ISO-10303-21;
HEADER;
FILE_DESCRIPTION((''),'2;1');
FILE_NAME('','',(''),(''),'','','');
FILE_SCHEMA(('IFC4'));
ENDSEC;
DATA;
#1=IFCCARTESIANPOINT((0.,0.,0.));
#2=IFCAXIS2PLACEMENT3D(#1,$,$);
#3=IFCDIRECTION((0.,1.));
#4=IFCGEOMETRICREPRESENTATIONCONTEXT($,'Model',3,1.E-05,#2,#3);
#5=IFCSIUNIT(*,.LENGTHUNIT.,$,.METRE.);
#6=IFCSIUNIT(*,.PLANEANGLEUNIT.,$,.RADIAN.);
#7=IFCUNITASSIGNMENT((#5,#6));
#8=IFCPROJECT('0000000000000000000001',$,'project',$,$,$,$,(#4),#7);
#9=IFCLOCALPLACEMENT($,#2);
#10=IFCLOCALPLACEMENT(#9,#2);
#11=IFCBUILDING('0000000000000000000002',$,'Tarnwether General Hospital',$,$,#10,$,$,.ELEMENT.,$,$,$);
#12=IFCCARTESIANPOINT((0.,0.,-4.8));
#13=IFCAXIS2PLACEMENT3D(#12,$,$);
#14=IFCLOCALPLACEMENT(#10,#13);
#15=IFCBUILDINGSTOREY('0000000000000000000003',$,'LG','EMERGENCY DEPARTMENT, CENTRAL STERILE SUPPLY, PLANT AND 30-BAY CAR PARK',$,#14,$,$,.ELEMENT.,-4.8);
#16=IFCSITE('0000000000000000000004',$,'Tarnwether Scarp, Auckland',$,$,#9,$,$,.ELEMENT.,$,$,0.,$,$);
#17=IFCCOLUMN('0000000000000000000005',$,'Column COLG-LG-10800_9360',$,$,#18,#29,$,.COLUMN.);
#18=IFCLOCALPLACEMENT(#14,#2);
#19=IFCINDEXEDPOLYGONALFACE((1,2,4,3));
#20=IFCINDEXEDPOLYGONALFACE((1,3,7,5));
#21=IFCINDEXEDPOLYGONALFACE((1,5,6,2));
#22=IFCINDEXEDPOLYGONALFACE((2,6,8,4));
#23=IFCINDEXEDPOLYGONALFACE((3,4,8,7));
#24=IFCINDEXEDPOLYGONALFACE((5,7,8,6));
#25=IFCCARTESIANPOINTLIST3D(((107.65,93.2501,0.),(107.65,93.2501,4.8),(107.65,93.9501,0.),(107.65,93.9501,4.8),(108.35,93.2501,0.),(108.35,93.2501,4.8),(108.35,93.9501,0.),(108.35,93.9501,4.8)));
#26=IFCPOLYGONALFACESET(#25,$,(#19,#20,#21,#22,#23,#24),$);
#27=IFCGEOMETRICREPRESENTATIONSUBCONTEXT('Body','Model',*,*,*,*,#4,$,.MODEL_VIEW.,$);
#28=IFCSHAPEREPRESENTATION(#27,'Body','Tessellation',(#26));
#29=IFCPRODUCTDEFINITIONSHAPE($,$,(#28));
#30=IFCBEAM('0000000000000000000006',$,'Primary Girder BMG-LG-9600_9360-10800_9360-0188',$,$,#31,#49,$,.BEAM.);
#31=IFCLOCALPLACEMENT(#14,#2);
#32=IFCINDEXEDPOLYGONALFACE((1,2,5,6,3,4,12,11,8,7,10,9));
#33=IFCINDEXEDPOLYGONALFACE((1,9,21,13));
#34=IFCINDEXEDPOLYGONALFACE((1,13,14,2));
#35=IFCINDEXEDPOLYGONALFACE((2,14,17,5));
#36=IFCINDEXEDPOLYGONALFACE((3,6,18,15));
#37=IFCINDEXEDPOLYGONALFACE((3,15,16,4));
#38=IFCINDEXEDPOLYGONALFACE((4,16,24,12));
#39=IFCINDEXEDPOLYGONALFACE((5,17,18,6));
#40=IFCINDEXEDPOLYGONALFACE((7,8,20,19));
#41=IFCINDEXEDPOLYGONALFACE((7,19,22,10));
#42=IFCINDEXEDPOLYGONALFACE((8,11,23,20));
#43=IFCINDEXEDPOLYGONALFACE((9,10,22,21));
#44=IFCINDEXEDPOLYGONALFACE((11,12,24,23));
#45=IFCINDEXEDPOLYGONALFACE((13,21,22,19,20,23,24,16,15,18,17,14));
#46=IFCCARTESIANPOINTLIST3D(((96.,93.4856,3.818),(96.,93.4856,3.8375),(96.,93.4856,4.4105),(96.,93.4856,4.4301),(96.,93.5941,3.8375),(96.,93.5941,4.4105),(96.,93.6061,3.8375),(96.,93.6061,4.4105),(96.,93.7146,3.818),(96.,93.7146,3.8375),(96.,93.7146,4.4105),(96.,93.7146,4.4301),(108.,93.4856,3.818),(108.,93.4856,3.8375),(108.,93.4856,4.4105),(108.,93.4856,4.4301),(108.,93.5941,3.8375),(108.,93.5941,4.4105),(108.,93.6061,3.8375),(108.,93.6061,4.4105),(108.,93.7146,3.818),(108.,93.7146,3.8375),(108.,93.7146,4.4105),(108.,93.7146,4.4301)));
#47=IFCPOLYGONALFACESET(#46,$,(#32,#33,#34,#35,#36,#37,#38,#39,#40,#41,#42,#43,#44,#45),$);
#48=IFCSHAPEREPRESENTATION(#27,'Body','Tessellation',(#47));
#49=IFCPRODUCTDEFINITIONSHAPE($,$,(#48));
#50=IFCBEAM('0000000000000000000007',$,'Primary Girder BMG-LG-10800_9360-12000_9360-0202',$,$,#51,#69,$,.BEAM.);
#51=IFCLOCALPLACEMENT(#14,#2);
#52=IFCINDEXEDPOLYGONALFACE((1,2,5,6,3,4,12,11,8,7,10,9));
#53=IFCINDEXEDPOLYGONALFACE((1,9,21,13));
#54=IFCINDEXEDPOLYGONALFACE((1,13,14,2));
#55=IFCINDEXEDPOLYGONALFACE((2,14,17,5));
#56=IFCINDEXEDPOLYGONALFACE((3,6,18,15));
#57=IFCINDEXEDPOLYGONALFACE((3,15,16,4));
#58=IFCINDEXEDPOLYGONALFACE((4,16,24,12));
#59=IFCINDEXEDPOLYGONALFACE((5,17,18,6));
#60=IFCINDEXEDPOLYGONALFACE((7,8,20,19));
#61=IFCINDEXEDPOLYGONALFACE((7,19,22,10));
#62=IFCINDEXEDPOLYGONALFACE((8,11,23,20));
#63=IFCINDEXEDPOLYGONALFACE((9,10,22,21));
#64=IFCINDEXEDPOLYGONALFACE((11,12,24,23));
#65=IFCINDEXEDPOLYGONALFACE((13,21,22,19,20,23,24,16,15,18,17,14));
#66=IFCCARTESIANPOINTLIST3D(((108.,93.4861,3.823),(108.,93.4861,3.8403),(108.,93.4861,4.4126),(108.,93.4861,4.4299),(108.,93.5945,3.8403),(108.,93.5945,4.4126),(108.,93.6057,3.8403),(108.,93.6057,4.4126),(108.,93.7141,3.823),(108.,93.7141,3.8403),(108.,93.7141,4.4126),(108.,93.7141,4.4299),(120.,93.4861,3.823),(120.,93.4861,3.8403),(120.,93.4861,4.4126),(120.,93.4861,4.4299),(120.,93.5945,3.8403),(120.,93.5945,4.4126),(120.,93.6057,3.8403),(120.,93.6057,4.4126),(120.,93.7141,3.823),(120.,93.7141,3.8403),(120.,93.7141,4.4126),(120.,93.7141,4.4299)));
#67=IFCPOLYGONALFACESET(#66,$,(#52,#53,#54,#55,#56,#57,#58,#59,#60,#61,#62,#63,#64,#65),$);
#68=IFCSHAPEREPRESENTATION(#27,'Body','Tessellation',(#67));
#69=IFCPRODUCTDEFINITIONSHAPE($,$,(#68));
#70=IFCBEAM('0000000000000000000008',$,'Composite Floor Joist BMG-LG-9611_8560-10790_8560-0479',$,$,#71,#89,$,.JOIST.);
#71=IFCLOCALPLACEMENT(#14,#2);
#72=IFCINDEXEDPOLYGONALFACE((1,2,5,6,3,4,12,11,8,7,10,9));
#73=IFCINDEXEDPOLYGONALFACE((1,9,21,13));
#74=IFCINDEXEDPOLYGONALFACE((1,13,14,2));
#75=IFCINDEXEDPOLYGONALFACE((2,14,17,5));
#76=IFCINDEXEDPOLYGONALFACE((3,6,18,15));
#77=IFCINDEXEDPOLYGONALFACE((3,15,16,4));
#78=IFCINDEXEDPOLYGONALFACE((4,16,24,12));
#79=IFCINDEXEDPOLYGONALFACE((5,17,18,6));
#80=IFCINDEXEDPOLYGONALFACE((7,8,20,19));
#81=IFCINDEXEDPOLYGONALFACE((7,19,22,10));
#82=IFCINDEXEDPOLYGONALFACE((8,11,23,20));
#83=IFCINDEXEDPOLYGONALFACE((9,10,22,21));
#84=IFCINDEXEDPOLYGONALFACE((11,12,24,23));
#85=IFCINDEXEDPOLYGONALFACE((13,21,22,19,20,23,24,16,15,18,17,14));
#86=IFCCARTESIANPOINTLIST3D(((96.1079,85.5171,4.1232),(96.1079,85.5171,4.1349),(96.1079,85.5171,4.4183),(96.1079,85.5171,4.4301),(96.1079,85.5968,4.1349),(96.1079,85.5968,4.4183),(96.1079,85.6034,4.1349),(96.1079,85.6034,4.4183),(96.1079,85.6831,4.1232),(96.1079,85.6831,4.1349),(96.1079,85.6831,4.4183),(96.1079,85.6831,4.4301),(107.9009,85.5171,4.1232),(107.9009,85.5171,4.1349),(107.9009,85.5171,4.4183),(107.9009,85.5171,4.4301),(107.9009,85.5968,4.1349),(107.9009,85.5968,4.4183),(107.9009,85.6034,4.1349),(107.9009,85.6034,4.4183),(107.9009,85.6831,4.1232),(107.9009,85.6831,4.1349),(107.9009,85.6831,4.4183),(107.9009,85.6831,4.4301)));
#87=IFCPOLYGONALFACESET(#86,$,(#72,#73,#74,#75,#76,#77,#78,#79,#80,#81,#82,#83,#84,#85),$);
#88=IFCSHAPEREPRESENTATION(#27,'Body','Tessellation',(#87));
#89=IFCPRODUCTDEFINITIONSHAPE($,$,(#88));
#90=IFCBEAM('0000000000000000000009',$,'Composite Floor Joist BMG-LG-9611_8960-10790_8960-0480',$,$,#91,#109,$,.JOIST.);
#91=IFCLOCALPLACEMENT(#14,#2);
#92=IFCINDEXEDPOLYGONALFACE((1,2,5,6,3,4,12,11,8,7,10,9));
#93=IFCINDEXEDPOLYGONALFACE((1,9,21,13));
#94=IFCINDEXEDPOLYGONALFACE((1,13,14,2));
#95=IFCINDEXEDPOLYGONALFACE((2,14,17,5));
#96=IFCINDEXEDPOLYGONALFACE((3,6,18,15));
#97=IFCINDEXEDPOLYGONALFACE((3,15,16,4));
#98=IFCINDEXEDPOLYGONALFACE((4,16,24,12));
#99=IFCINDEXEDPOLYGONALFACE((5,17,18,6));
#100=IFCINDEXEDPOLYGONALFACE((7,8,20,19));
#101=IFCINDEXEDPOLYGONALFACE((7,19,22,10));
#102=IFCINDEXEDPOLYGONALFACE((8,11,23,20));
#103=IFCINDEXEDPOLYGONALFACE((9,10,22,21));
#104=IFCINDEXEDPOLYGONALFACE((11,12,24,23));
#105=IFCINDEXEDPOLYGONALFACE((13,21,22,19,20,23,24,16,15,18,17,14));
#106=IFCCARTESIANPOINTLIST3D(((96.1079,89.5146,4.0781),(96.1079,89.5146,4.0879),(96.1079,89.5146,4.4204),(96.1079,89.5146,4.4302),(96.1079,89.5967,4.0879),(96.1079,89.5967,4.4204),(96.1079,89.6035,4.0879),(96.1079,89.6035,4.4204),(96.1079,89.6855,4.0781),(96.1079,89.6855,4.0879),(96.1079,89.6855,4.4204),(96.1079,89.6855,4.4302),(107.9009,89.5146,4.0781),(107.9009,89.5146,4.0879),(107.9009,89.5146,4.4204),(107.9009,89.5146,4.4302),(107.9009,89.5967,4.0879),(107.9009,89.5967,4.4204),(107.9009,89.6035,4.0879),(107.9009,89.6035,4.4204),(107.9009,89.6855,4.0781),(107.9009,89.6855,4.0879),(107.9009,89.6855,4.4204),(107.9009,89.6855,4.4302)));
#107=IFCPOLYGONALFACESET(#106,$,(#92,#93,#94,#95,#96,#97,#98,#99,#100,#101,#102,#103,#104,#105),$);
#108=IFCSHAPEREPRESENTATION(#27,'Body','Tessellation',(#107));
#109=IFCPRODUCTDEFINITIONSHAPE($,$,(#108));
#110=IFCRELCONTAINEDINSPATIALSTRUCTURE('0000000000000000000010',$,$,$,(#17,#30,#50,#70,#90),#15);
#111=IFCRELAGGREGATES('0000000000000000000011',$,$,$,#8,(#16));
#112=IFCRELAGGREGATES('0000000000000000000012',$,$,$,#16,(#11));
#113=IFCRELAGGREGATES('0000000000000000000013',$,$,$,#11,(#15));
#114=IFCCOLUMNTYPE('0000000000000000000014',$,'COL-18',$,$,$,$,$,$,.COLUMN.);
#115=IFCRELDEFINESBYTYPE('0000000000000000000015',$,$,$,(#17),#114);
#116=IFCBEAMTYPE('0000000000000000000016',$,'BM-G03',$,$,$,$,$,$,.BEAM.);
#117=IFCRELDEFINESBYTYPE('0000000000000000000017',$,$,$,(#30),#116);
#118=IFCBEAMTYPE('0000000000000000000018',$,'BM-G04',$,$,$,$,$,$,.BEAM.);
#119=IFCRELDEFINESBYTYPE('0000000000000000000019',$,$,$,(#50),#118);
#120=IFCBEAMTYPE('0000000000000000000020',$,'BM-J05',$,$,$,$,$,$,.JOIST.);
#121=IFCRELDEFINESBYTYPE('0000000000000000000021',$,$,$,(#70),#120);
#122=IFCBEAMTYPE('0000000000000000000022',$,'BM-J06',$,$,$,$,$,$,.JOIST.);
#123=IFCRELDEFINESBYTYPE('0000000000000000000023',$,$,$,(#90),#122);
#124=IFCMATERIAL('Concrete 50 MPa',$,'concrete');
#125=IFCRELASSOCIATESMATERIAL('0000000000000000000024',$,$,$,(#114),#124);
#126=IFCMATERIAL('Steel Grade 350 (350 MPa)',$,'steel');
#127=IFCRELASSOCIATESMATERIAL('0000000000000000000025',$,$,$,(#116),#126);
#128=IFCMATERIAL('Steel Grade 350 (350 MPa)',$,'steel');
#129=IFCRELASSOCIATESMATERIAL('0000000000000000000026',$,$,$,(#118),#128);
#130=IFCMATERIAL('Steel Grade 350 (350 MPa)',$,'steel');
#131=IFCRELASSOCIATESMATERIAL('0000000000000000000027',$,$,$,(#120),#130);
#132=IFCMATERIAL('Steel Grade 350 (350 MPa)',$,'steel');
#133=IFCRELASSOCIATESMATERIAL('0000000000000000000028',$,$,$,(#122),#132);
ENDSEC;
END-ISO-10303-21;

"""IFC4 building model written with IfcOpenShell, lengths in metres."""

from ifc_helpers import new_model, si_unit, direction, frame, origin, origin_2d, place, context, subcontext, project, spatial, rectangle, i_section, extrude, material, material_profile, profile_set, type_object, element, save


model = new_model("IFC4")

# Units and contexts
model_context = context("Model", 3, precision=1e-05, world=origin(), true_north=direction((0.0, 1.0)))
body_context = subcontext(model_context, "Body", "Model", "MODEL_VIEW")
ifc_project = project(units=[si_unit("LENGTHUNIT", "METRE"), si_unit("PLANEANGLEUNIT", "RADIAN")], contexts=[model_context])

# Site, building, storey
site_placement = place(None, origin())
site = spatial("IfcSite", under=ifc_project, at=site_placement, Name="Tarnwether Scarp, Auckland", CompositionType="ELEMENT", RefElevation=0.0)
building_placement = place(site_placement, origin())
building = spatial("IfcBuilding", under=site, at=building_placement, Name="Tarnwether General Hospital", CompositionType="ELEMENT")
storey_placement = place(building_placement, frame((0.0, 0.0, -4.8)))
storey = spatial("IfcBuildingStorey", under=building, at=storey_placement, Name="LG", Description="EMERGENCY DEPARTMENT, CENTRAL STERILE SUPPLY, PLANT AND 30-BAY CAR PARK", CompositionType="ELEMENT", Elevation=-4.8)

# Column
ifc_material_1 = material(Name="Concrete 50 MPa", Category="concrete")
ifc_material_profile_1 = material_profile(ifc_material_1, rectangle(XDim=0.7, YDim=0.7, at=origin_2d()), Name="RC-COL-700x700")
ifc_profile_set_1 = profile_set([ifc_material_profile_1], Name="Concrete 50 MPa")
column_type_1 = type_object("IfcColumnType", Name="COL-18", PredefinedType="COLUMN", material=ifc_profile_set_1)
column_1_placement = place(storey_placement, frame((108.0, 93.6001, 0.0), z_axis=(0.0, 0.0, 1.0), x_axis=(0.0, 1.0, 0.0)))
element("IfcColumn", 1, at=column_1_placement, inside=storey, type_object=column_type_1, Name="Column COLG-LG-10800_9360", PredefinedType="COLUMN", context=body_context, shape_type="SweptSolid", body=[
    extrude(rectangle(XDim=0.7, YDim=0.7, at=origin_2d()), origin(), (0.0, 0.0, 1.0), 4.8),
])

# Beams
ifc_material_2 = material(Name="Steel Grade 350 (350 MPa)", Category="steel")
ifc_material_profile_2 = material_profile(ifc_material_2, i_section(OverallWidth=0.229, OverallDepth=0.6121, WebThickness=0.012, FlangeThickness=0.0195, at=origin_2d()), Name="610UB125")
ifc_profile_set_2 = profile_set([ifc_material_profile_2], Name="Steel Grade 350 (350 MPa)")
beam_type_1 = type_object("IfcBeamType", Name="BM-G03", PredefinedType="BEAM", material=ifc_profile_set_2)
beam_1_placement = place(storey_placement, frame((96.0, 93.6001, 4.124), z_axis=(1.0, 0.0, 0.0), x_axis=(0.0, 1.0, 0.0)))
element("IfcBeam", 2, at=beam_1_placement, inside=storey, type_object=beam_type_1, Name="Primary Girder BMG-LG-9600_9360-10800_9360-0188", PredefinedType="BEAM", context=body_context, shape_type="SweptSolid", body=[
    extrude(i_section(OverallWidth=0.229, OverallDepth=0.6121, WebThickness=0.012, FlangeThickness=0.0195, at=origin_2d()), origin(), (0.0, 0.0, 1.0), 12.0),
])
ifc_material_3 = material(Name="Steel Grade 350 (350 MPa)", Category="steel")
ifc_material_profile_3 = material_profile(ifc_material_3, i_section(OverallWidth=0.228, OverallDepth=0.6069, WebThickness=0.0112, FlangeThickness=0.0173, at=origin_2d()), Name="610UB113")
ifc_profile_set_3 = profile_set([ifc_material_profile_3], Name="Steel Grade 350 (350 MPa)")
beam_type_2 = type_object("IfcBeamType", Name="BM-G04", PredefinedType="BEAM", material=ifc_profile_set_3)
beam_2_placement = place(storey_placement, frame((108.0, 93.6001, 4.1265), z_axis=(1.0, 0.0, 0.0), x_axis=(0.0, 1.0, 0.0)))
element("IfcBeam", 3, at=beam_2_placement, inside=storey, type_object=beam_type_2, Name="Primary Girder BMG-LG-10800_9360-12000_9360-0202", PredefinedType="BEAM", context=body_context, shape_type="SweptSolid", body=[
    extrude(i_section(OverallWidth=0.228, OverallDepth=0.6069, WebThickness=0.0112, FlangeThickness=0.0173, at=origin_2d()), origin(), (0.0, 0.0, 1.0), 12.0),
])
ifc_material_4 = material(Name="Steel Grade 350 (350 MPa)", Category="steel")
ifc_material_profile_4 = material_profile(ifc_material_4, i_section(OverallWidth=0.166, OverallDepth=0.3069, WebThickness=0.0066, FlangeThickness=0.0117, at=origin_2d()), Name="310UB46.2")
ifc_profile_set_4 = profile_set([ifc_material_profile_4], Name="Steel Grade 350 (350 MPa)")
beam_type_3 = type_object("IfcBeamType", Name="BM-J05", PredefinedType="JOIST", material=ifc_profile_set_4)
beam_3_placement = place(storey_placement, frame((96.1079, 85.6001, 4.2766), z_axis=(1.0, 0.0, 0.0), x_axis=(0.0, 1.0, 0.0)))
element("IfcBeam", 4, at=beam_3_placement, inside=storey, type_object=beam_type_3, Name="Composite Floor Joist BMG-LG-9611_8560-10790_8560-0479", PredefinedType="JOIST", context=body_context, shape_type="SweptSolid", body=[
    extrude(i_section(OverallWidth=0.166, OverallDepth=0.3069, WebThickness=0.0066, FlangeThickness=0.0117, at=origin_2d()), origin(), (0.0, 0.0, 1.0), 11.793),
])
ifc_material_5 = material(Name="Steel Grade 350 (350 MPa)", Category="steel")
ifc_material_profile_5 = material_profile(ifc_material_5, i_section(OverallWidth=0.1709, OverallDepth=0.3521, WebThickness=0.0068, FlangeThickness=0.0098, at=origin_2d()), Name="360UB44.7")
ifc_profile_set_5 = profile_set([ifc_material_profile_5], Name="Steel Grade 350 (350 MPa)")
beam_type_4 = type_object("IfcBeamType", Name="BM-J06", PredefinedType="JOIST", material=ifc_profile_set_5)
beam_4_placement = place(storey_placement, frame((96.1079, 89.6001, 4.2542), z_axis=(1.0, 0.0, 0.0), x_axis=(0.0, 1.0, 0.0)))
element("IfcBeam", 5, at=beam_4_placement, inside=storey, type_object=beam_type_4, Name="Composite Floor Joist BMG-LG-9611_8960-10790_8960-0480", PredefinedType="JOIST", context=body_context, shape_type="SweptSolid", body=[
    extrude(i_section(OverallWidth=0.1709, OverallDepth=0.3521, WebThickness=0.0068, FlangeThickness=0.0098, at=origin_2d()), origin(), (0.0, 0.0, 1.0), 11.793),
])

save(model, "model.ifc")
